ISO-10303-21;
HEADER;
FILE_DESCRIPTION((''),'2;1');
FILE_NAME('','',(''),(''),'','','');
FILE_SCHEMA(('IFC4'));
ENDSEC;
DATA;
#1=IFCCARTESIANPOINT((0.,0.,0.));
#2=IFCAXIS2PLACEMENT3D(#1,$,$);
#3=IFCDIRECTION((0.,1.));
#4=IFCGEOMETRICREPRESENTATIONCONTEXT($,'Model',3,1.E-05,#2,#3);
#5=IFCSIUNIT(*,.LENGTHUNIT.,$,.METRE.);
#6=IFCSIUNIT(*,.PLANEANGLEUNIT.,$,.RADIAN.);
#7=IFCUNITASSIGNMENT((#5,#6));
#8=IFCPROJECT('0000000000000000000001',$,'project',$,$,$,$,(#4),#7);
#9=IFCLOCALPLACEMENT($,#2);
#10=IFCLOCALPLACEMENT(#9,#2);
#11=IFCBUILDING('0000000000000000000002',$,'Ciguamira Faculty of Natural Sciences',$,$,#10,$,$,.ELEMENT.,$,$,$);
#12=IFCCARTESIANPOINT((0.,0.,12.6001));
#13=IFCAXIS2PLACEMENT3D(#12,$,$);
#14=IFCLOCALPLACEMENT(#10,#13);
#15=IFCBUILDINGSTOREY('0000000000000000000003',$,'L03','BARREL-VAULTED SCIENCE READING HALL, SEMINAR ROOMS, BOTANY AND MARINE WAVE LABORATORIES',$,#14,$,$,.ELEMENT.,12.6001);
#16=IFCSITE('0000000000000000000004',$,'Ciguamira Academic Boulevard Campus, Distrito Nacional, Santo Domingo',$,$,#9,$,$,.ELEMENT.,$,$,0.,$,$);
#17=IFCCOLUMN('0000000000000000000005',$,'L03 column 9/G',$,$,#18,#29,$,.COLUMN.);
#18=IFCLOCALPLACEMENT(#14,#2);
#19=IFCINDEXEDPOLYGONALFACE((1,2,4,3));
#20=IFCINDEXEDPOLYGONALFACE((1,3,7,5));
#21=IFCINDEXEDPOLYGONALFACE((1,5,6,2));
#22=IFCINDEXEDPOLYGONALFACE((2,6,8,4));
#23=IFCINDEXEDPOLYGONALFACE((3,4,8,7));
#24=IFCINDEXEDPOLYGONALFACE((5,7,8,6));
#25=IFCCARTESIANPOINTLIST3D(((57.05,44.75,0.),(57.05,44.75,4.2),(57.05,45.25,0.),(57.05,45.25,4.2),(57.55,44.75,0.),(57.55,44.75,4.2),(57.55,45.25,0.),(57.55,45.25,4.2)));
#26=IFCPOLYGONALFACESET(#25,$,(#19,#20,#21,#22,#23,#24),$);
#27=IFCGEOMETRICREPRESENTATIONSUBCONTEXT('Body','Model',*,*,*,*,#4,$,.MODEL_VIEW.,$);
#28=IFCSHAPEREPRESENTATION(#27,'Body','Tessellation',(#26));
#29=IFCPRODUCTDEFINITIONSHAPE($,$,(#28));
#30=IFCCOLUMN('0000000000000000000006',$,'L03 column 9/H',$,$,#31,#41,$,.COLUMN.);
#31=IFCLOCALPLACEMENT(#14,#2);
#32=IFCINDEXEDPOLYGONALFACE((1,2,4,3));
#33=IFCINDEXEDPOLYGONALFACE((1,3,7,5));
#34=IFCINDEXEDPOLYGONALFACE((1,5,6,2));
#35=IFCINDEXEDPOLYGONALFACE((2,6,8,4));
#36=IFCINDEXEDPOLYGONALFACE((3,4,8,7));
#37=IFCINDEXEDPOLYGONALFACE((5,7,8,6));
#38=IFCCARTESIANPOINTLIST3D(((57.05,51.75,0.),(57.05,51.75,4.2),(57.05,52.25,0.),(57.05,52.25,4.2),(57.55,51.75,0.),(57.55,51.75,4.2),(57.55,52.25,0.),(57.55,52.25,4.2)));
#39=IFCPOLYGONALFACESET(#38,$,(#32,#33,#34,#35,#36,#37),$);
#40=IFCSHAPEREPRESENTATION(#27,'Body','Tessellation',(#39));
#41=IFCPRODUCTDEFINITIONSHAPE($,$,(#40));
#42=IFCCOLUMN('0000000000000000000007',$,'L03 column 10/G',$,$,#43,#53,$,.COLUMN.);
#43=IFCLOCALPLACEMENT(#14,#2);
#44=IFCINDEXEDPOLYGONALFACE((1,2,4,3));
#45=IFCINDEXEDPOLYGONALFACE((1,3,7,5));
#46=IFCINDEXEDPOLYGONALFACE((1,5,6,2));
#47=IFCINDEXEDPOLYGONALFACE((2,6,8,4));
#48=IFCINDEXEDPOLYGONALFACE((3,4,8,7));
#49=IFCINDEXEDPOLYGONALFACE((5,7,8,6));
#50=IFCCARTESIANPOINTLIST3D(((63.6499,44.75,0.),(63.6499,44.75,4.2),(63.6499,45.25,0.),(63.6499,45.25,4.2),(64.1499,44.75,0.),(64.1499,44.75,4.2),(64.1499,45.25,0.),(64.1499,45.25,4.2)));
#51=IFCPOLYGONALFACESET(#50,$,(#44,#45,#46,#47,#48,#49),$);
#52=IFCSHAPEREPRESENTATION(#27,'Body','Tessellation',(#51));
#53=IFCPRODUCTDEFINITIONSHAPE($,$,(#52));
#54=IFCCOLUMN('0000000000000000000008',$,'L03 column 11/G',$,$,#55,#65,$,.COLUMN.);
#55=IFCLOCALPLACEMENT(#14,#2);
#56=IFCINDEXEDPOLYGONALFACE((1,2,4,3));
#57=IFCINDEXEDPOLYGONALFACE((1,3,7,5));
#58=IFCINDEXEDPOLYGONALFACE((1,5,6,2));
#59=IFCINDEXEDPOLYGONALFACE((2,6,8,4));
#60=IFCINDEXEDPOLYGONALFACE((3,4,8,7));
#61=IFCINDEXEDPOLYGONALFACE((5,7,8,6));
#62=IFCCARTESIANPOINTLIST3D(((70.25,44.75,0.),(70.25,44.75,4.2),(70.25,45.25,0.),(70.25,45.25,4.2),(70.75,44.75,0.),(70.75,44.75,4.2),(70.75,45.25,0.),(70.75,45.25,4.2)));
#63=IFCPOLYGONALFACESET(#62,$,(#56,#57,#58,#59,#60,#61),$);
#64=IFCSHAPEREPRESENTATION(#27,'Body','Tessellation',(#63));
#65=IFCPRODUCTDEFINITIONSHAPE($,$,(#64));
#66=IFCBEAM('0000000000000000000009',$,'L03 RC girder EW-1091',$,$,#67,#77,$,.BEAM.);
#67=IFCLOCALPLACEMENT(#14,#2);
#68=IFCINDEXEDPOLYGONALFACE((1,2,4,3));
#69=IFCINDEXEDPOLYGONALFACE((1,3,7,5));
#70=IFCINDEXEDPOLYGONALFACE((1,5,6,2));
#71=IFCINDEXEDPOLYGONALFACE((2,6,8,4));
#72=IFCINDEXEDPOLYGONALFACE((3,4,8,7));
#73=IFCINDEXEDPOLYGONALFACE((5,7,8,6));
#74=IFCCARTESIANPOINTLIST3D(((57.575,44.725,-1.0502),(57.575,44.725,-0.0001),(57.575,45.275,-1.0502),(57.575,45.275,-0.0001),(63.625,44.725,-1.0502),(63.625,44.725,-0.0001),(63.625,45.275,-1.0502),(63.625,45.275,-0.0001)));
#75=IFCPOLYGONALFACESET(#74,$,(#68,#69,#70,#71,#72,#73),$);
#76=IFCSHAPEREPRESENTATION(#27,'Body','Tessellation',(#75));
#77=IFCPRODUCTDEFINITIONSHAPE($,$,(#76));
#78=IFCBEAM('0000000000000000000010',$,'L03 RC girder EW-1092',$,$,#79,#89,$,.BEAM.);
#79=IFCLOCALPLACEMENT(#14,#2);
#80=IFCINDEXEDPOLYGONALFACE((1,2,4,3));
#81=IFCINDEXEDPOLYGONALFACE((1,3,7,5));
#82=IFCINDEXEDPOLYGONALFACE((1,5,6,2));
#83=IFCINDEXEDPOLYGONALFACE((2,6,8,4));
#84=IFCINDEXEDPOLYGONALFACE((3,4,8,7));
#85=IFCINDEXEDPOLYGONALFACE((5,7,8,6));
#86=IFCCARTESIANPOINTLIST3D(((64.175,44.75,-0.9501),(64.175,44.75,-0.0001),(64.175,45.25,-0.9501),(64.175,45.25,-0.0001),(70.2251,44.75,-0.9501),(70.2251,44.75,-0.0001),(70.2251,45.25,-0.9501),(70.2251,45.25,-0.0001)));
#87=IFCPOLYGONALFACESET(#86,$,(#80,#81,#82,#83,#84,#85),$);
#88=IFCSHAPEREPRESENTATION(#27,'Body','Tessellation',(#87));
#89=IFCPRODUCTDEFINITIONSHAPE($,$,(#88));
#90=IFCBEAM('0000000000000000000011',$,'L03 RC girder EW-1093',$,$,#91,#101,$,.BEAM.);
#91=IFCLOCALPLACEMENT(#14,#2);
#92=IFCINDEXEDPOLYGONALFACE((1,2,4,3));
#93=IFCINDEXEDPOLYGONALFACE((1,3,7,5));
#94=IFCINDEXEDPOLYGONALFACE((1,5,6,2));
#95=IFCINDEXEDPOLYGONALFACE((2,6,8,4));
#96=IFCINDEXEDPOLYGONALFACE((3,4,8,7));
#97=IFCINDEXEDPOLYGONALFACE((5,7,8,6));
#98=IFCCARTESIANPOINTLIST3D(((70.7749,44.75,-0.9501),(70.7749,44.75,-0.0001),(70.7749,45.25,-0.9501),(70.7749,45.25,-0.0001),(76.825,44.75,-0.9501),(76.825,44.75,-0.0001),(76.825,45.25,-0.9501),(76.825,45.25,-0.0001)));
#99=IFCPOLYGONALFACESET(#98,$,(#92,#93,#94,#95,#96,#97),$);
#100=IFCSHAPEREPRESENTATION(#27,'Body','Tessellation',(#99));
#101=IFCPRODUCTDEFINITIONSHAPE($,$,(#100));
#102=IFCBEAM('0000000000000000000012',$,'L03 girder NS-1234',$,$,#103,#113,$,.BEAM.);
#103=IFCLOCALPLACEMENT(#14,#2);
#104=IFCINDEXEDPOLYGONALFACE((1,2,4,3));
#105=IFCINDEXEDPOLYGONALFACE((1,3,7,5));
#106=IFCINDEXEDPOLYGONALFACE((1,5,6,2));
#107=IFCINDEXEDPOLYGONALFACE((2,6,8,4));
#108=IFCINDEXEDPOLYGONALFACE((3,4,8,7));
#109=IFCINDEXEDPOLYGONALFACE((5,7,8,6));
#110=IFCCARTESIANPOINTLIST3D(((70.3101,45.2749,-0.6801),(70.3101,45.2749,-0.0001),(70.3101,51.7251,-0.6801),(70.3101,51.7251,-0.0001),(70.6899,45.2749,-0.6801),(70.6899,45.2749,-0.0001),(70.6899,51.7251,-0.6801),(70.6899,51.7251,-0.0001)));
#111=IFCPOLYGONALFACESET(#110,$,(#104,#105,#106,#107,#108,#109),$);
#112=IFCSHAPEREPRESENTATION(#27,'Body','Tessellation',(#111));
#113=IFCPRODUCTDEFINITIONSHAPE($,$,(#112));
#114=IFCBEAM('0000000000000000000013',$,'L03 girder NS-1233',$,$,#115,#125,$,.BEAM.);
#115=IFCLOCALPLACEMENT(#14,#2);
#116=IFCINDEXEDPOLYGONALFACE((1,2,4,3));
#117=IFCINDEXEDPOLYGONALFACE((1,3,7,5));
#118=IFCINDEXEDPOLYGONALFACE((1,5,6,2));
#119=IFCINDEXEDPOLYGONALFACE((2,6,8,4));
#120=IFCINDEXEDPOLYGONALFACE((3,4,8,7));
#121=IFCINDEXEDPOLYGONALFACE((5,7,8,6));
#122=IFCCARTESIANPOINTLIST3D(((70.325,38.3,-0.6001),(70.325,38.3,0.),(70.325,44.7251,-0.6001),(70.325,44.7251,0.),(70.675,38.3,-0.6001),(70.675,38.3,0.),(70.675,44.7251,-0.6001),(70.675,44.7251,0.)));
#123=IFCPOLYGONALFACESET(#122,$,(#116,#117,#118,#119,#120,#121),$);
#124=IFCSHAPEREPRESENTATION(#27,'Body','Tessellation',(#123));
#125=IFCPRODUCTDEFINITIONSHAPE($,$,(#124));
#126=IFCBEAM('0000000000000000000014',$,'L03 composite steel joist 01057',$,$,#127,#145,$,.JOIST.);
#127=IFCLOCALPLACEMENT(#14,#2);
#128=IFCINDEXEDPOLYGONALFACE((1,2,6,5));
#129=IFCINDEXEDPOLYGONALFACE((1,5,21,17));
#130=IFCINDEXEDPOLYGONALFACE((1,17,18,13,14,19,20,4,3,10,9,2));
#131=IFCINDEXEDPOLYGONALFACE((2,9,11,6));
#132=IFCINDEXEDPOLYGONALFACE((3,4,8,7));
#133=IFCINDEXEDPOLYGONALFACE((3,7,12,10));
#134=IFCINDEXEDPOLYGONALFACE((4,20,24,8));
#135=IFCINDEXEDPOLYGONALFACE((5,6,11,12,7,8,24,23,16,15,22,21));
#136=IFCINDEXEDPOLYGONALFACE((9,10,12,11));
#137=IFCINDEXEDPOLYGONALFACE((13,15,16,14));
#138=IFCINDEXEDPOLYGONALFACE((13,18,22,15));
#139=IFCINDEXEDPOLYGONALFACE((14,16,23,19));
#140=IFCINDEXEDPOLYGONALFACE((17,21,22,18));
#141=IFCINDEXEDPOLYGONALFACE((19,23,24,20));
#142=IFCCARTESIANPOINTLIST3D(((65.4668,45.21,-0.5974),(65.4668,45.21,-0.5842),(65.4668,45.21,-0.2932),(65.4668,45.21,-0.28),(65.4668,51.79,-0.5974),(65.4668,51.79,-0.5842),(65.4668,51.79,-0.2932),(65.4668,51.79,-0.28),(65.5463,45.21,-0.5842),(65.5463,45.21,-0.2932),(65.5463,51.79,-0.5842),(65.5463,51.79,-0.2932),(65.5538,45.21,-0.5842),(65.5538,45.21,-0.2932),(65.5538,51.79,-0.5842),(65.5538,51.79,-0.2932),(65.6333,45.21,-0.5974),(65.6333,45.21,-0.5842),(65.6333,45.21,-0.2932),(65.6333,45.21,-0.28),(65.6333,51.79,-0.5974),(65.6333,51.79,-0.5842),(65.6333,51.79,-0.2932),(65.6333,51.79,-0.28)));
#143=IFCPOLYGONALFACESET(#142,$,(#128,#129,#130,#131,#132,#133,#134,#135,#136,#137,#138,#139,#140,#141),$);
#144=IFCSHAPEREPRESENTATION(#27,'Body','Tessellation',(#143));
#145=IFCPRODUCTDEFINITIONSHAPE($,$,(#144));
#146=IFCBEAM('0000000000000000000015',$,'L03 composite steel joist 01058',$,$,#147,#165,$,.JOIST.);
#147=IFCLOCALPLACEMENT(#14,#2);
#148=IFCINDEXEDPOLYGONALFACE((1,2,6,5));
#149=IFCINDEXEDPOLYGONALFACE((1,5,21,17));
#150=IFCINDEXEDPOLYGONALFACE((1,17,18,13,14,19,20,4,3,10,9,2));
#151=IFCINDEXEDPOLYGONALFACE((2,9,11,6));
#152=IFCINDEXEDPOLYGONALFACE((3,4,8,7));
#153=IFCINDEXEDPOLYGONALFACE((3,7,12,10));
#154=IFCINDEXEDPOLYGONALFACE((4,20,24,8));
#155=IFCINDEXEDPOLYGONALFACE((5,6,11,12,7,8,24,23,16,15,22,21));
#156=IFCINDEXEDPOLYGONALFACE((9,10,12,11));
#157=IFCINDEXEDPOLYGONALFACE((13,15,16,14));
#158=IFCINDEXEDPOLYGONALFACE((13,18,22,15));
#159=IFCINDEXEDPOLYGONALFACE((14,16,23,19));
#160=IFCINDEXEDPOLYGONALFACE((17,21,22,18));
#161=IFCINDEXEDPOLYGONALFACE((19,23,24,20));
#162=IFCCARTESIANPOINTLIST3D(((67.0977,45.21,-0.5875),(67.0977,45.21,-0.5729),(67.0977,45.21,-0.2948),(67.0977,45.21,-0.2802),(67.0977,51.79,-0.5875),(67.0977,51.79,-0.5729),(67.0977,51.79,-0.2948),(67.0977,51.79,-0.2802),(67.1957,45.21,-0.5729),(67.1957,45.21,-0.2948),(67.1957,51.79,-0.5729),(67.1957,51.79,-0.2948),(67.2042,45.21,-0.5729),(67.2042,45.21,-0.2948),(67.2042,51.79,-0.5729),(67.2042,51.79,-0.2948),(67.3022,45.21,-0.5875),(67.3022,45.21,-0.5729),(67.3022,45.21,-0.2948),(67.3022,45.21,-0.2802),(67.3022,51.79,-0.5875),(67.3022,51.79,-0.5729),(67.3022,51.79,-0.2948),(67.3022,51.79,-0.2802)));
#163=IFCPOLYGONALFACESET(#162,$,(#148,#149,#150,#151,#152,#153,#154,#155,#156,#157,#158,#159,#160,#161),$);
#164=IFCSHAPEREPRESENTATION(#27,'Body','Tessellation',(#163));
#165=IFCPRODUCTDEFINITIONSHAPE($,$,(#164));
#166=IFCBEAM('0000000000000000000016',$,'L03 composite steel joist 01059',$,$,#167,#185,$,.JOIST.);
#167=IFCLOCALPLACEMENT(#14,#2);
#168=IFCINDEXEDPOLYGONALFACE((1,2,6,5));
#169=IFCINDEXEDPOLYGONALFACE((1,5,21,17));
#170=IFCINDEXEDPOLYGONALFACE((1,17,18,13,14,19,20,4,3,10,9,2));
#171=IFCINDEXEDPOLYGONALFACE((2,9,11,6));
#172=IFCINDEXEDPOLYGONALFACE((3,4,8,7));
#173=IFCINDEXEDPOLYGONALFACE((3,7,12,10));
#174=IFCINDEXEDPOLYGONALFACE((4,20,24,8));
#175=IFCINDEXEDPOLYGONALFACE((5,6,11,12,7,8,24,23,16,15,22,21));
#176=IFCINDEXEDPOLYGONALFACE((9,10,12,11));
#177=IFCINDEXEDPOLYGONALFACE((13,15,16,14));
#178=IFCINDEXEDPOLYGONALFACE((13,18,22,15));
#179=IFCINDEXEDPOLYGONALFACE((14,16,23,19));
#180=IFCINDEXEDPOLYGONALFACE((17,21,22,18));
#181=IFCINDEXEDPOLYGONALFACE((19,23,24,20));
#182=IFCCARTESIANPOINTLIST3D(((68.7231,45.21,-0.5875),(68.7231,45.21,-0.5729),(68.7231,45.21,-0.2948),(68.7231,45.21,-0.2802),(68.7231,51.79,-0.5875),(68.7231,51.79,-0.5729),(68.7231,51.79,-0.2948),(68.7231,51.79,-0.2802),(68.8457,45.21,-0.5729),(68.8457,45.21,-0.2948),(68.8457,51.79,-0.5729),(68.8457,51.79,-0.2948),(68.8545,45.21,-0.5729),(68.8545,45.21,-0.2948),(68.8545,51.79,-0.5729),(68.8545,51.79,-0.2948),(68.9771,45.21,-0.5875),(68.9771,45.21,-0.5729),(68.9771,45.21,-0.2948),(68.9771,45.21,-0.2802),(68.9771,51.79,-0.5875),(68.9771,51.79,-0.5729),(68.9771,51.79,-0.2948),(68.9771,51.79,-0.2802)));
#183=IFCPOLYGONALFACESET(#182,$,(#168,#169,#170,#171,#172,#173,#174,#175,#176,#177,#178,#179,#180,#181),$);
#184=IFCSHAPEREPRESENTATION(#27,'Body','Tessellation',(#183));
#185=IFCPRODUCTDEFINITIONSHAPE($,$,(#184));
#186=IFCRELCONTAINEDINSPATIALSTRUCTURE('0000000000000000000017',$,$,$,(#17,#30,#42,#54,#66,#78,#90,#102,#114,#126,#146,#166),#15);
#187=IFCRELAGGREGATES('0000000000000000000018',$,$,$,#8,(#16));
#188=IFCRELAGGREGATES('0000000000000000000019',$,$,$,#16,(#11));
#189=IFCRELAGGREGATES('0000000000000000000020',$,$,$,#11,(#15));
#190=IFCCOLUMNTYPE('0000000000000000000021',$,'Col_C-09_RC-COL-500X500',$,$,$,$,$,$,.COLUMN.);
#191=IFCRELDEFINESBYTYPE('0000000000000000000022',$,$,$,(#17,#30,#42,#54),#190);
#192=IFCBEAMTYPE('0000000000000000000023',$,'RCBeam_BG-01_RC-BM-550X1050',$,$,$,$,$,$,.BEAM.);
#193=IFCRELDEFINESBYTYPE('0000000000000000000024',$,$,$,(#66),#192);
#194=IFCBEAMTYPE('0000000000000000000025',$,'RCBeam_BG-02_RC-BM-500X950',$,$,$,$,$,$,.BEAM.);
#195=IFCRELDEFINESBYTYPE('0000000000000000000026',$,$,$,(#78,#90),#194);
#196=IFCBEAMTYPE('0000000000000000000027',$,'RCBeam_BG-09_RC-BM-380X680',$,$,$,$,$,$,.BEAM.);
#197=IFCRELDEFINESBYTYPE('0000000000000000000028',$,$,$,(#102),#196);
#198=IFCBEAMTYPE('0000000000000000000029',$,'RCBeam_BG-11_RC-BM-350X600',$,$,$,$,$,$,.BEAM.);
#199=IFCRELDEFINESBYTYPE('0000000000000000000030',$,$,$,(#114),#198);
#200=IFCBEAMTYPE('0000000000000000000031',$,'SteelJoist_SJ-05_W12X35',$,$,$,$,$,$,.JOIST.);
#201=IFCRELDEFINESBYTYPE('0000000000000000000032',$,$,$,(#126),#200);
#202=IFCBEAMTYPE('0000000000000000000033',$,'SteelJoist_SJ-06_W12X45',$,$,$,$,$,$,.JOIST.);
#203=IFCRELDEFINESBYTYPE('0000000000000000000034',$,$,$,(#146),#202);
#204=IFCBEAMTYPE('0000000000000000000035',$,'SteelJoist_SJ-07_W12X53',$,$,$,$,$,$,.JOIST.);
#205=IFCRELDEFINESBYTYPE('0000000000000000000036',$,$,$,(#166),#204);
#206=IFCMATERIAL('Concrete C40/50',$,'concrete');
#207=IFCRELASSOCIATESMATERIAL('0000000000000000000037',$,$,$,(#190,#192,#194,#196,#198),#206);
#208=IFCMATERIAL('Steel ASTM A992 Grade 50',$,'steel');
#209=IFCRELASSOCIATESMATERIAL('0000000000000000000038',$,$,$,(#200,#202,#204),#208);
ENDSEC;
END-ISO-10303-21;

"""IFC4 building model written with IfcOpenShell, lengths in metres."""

from ifc_helpers import new_model, si_unit, direction, frame, origin, origin_2d, place, context, subcontext, project, spatial, rectangle, i_section, extrude, material, material_profile, profile_set, type_object, element, save


model = new_model("IFC4")

# Units and contexts
model_context = context("Model", 3, precision=1e-05, world=origin(), true_north=direction((0.0, 1.0)))
body_context = subcontext(model_context, "Body", "Model", "MODEL_VIEW")
ifc_project = project(units=[si_unit("LENGTHUNIT", "METRE"), si_unit("PLANEANGLEUNIT", "RADIAN")], contexts=[model_context])

# Site, building, storey
site_placement = place(None, origin())
site = spatial("IfcSite", under=ifc_project, at=site_placement, Name="Ciguamira Academic Boulevard Campus, Distrito Nacional, Santo Domingo", CompositionType="ELEMENT", RefElevation=0.0)
building_placement = place(site_placement, origin())
building = spatial("IfcBuilding", under=site, at=building_placement, Name="Ciguamira Faculty of Natural Sciences", CompositionType="ELEMENT")
storey_placement = place(building_placement, frame((0.0, 0.0, 12.6001)))
storey = spatial("IfcBuildingStorey", under=building, at=storey_placement, Name="L03", Description="BARREL-VAULTED SCIENCE READING HALL, SEMINAR ROOMS, BOTANY AND MARINE WAVE LABORATORIES", CompositionType="ELEMENT", Elevation=12.6001)

# Columns
ifc_material_1 = material(Name="Concrete C40/50", Category="concrete")
ifc_material_profile_1 = material_profile(ifc_material_1, rectangle(XDim=0.5, YDim=0.5, at=origin_2d()), Name="RC-COL-500X500")
ifc_profile_set_1 = profile_set([ifc_material_profile_1], Name="Concrete C40/50")
column_type = type_object("IfcColumnType", Name="Col_C-09_RC-COL-500X500", PredefinedType="COLUMN", material=ifc_profile_set_1)
for number, where, z_axis, x_axis, name in (
    (1, (57.3, 45.0, 0.0), (0.0, 0.0, 1.0), (1.0, 0.0, 0.0), "L03 column 9/G"),
    (2, (57.3, 52.0, 0.0), (0.0, 0.0, 1.0), (1.0, 0.0, 0.0), "L03 column 9/H"),
    (3, (63.8999, 45.0, 0.0), (0.0, 0.0, 1.0), (1.0, 0.0, 0.0), "L03 column 10/G"),
    (4, (70.5, 45.0, 0.0), (0.0, 0.0, 1.0), (1.0, 0.0, 0.0), "L03 column 11/G"),
):
    element("IfcColumn", number, at=place(storey_placement, frame(where, z_axis=z_axis, x_axis=x_axis)), inside=storey, type_object=column_type, Name=name, PredefinedType="COLUMN", context=body_context, shape_type="SweptSolid", body=[
        extrude(rectangle(XDim=0.5, YDim=0.5, at=origin_2d()), origin(), (0.0, 0.0, 1.0), 4.2),
    ])

# Beams
ifc_material_profile_2 = material_profile(ifc_material_1, rectangle(XDim=0.55, YDim=1.05, at=origin_2d()), Name="RC-BM-550X1050")
ifc_profile_set_2 = profile_set([ifc_material_profile_2], Name="Concrete C40/50")
beam_type_1 = type_object("IfcBeamType", Name="RCBeam_BG-01_RC-BM-550X1050", PredefinedType="BEAM", material=ifc_profile_set_2)
beam_1_placement = place(storey_placement, frame((57.575, 45.0, -0.5251), z_axis=(1.0, 0.0, 0.0), x_axis=(0.0, 1.0, 0.0)))
element("IfcBeam", 5, at=beam_1_placement, inside=storey, type_object=beam_type_1, Name="L03 RC girder EW-1091", PredefinedType="BEAM", context=body_context, shape_type="SweptSolid", body=[
    extrude(rectangle(XDim=0.55, YDim=1.05, at=origin_2d()), origin(), (0.0, 0.0, 1.0), 6.05),
])
ifc_material_profile_3 = material_profile(ifc_material_1, rectangle(XDim=0.5, YDim=0.95, at=origin_2d()), Name="RC-BM-500X950")
ifc_profile_set_3 = profile_set([ifc_material_profile_3], Name="Concrete C40/50")
beam_type_2 = type_object("IfcBeamType", Name="RCBeam_BG-02_RC-BM-500X950", PredefinedType="BEAM", material=ifc_profile_set_3)
for number, where, z_axis, x_axis, name in (
    (6, (64.175, 45.0, -0.4751), (1.0, 0.0, 0.0), (0.0, 1.0, 0.0), "L03 RC girder EW-1092"),
    (7, (70.7749, 45.0, -0.4751), (1.0, 0.0, 0.0), (0.0, 1.0, 0.0), "L03 RC girder EW-1093"),
):
    element("IfcBeam", number, at=place(storey_placement, frame(where, z_axis=z_axis, x_axis=x_axis)), inside=storey, type_object=beam_type_2, Name=name, PredefinedType="BEAM", context=body_context, shape_type="SweptSolid", body=[
        extrude(rectangle(XDim=0.5, YDim=0.95, at=origin_2d()), origin(), (0.0, 0.0, 1.0), 6.05),
    ])
ifc_material_profile_4 = material_profile(ifc_material_1, rectangle(XDim=0.3799, YDim=0.6799, at=origin_2d()), Name="RC-BM-380X680")
ifc_profile_set_4 = profile_set([ifc_material_profile_4], Name="Concrete C40/50")
beam_type_3 = type_object("IfcBeamType", Name="RCBeam_BG-09_RC-BM-380X680", PredefinedType="BEAM", material=ifc_profile_set_4)
beam_2_placement = place(storey_placement, frame((70.5, 45.2749, -0.3401), z_axis=(0.0, 1.0, 0.0), x_axis=(-1.0, 0.0, 0.0)))
element("IfcBeam", 8, at=beam_2_placement, inside=storey, type_object=beam_type_3, Name="L03 girder NS-1234", PredefinedType="BEAM", context=body_context, shape_type="SweptSolid", body=[
    extrude(rectangle(XDim=0.3799, YDim=0.6799, at=origin_2d()), origin(), (0.0, 0.0, 1.0), 6.4502),
])
ifc_material_profile_5 = material_profile(ifc_material_1, rectangle(XDim=0.3501, YDim=0.6001, at=origin_2d()), Name="RC-BM-350X600")
ifc_profile_set_5 = profile_set([ifc_material_profile_5], Name="Concrete C40/50")
beam_type_4 = type_object("IfcBeamType", Name="RCBeam_BG-11_RC-BM-350X600", PredefinedType="BEAM", material=ifc_profile_set_5)
beam_3_placement = place(storey_placement, frame((70.5, 38.3, -0.3), z_axis=(0.0, 1.0, 0.0), x_axis=(-1.0, 0.0, 0.0)))
element("IfcBeam", 9, at=beam_3_placement, inside=storey, type_object=beam_type_4, Name="L03 girder NS-1233", PredefinedType="BEAM", context=body_context, shape_type="SweptSolid", body=[
    extrude(rectangle(XDim=0.3501, YDim=0.6001, at=origin_2d()), origin(), (0.0, 0.0, 1.0), 6.425),
])
ifc_material_2 = material(Name="Steel ASTM A992 Grade 50", Category="steel")
ifc_material_profile_6 = material_profile(ifc_material_2, i_section(OverallWidth=0.1665, OverallDepth=0.3174, WebThickness=0.0076, FlangeThickness=0.0132, at=origin_2d()), Name="W12X35")
ifc_profile_set_6 = profile_set([ifc_material_profile_6], Name="Steel ASTM A992 Grade 50")
beam_type_5 = type_object("IfcBeamType", Name="SteelJoist_SJ-05_W12X35", PredefinedType="JOIST", material=ifc_profile_set_6)
beam_4_placement = place(storey_placement, frame((65.55, 45.21, -0.4387), z_axis=(0.0, 1.0, 0.0), x_axis=(-1.0, 0.0, 0.0)))
element("IfcBeam", 10, at=beam_4_placement, inside=storey, type_object=beam_type_5, Name="L03 composite steel joist 01057", PredefinedType="JOIST", context=body_context, shape_type="SweptSolid", body=[
    extrude(i_section(OverallWidth=0.1665, OverallDepth=0.3174, WebThickness=0.0076, FlangeThickness=0.0132, at=origin_2d()), origin(), (0.0, 0.0, 1.0), 6.5801),
])
ifc_material_profile_7 = material_profile(ifc_material_2, i_section(OverallWidth=0.2046, OverallDepth=0.3074, WebThickness=0.0085, FlangeThickness=0.0146, at=origin_2d()), Name="W12X45")
ifc_profile_set_7 = profile_set([ifc_material_profile_7], Name="Steel ASTM A992 Grade 50")
beam_type_6 = type_object("IfcBeamType", Name="SteelJoist_SJ-06_W12X45", PredefinedType="JOIST", material=ifc_profile_set_7)
beam_5_placement = place(storey_placement, frame((67.2, 45.21, -0.4338), z_axis=(0.0, 1.0, 0.0), x_axis=(-1.0, 0.0, 0.0)))
element("IfcBeam", 11, at=beam_5_placement, inside=storey, type_object=beam_type_6, Name="L03 composite steel joist 01058", PredefinedType="JOIST", context=body_context, shape_type="SweptSolid", body=[
    extrude(i_section(OverallWidth=0.2046, OverallDepth=0.3074, WebThickness=0.0085, FlangeThickness=0.0146, at=origin_2d()), origin(), (0.0, 0.0, 1.0), 6.5801),
])
ifc_material_profile_8 = material_profile(ifc_material_2, i_section(OverallWidth=0.2539, OverallDepth=0.3074, WebThickness=0.0088, FlangeThickness=0.0146, at=origin_2d()), Name="W12X53")
ifc_profile_set_8 = profile_set([ifc_material_profile_8], Name="Steel ASTM A992 Grade 50")
beam_type_7 = type_object("IfcBeamType", Name="SteelJoist_SJ-07_W12X53", PredefinedType="JOIST", material=ifc_profile_set_8)
beam_6_placement = place(storey_placement, frame((68.8501, 45.21, -0.4338), z_axis=(0.0, 1.0, 0.0), x_axis=(-1.0, 0.0, 0.0)))
element("IfcBeam", 12, at=beam_6_placement, inside=storey, type_object=beam_type_7, Name="L03 composite steel joist 01059", PredefinedType="JOIST", context=body_context, shape_type="SweptSolid", body=[
    extrude(i_section(OverallWidth=0.2539, OverallDepth=0.3074, WebThickness=0.0088, FlangeThickness=0.0146, at=origin_2d()), origin(), (0.0, 0.0, 1.0), 6.5801),
])

save(model, "model.ifc")
